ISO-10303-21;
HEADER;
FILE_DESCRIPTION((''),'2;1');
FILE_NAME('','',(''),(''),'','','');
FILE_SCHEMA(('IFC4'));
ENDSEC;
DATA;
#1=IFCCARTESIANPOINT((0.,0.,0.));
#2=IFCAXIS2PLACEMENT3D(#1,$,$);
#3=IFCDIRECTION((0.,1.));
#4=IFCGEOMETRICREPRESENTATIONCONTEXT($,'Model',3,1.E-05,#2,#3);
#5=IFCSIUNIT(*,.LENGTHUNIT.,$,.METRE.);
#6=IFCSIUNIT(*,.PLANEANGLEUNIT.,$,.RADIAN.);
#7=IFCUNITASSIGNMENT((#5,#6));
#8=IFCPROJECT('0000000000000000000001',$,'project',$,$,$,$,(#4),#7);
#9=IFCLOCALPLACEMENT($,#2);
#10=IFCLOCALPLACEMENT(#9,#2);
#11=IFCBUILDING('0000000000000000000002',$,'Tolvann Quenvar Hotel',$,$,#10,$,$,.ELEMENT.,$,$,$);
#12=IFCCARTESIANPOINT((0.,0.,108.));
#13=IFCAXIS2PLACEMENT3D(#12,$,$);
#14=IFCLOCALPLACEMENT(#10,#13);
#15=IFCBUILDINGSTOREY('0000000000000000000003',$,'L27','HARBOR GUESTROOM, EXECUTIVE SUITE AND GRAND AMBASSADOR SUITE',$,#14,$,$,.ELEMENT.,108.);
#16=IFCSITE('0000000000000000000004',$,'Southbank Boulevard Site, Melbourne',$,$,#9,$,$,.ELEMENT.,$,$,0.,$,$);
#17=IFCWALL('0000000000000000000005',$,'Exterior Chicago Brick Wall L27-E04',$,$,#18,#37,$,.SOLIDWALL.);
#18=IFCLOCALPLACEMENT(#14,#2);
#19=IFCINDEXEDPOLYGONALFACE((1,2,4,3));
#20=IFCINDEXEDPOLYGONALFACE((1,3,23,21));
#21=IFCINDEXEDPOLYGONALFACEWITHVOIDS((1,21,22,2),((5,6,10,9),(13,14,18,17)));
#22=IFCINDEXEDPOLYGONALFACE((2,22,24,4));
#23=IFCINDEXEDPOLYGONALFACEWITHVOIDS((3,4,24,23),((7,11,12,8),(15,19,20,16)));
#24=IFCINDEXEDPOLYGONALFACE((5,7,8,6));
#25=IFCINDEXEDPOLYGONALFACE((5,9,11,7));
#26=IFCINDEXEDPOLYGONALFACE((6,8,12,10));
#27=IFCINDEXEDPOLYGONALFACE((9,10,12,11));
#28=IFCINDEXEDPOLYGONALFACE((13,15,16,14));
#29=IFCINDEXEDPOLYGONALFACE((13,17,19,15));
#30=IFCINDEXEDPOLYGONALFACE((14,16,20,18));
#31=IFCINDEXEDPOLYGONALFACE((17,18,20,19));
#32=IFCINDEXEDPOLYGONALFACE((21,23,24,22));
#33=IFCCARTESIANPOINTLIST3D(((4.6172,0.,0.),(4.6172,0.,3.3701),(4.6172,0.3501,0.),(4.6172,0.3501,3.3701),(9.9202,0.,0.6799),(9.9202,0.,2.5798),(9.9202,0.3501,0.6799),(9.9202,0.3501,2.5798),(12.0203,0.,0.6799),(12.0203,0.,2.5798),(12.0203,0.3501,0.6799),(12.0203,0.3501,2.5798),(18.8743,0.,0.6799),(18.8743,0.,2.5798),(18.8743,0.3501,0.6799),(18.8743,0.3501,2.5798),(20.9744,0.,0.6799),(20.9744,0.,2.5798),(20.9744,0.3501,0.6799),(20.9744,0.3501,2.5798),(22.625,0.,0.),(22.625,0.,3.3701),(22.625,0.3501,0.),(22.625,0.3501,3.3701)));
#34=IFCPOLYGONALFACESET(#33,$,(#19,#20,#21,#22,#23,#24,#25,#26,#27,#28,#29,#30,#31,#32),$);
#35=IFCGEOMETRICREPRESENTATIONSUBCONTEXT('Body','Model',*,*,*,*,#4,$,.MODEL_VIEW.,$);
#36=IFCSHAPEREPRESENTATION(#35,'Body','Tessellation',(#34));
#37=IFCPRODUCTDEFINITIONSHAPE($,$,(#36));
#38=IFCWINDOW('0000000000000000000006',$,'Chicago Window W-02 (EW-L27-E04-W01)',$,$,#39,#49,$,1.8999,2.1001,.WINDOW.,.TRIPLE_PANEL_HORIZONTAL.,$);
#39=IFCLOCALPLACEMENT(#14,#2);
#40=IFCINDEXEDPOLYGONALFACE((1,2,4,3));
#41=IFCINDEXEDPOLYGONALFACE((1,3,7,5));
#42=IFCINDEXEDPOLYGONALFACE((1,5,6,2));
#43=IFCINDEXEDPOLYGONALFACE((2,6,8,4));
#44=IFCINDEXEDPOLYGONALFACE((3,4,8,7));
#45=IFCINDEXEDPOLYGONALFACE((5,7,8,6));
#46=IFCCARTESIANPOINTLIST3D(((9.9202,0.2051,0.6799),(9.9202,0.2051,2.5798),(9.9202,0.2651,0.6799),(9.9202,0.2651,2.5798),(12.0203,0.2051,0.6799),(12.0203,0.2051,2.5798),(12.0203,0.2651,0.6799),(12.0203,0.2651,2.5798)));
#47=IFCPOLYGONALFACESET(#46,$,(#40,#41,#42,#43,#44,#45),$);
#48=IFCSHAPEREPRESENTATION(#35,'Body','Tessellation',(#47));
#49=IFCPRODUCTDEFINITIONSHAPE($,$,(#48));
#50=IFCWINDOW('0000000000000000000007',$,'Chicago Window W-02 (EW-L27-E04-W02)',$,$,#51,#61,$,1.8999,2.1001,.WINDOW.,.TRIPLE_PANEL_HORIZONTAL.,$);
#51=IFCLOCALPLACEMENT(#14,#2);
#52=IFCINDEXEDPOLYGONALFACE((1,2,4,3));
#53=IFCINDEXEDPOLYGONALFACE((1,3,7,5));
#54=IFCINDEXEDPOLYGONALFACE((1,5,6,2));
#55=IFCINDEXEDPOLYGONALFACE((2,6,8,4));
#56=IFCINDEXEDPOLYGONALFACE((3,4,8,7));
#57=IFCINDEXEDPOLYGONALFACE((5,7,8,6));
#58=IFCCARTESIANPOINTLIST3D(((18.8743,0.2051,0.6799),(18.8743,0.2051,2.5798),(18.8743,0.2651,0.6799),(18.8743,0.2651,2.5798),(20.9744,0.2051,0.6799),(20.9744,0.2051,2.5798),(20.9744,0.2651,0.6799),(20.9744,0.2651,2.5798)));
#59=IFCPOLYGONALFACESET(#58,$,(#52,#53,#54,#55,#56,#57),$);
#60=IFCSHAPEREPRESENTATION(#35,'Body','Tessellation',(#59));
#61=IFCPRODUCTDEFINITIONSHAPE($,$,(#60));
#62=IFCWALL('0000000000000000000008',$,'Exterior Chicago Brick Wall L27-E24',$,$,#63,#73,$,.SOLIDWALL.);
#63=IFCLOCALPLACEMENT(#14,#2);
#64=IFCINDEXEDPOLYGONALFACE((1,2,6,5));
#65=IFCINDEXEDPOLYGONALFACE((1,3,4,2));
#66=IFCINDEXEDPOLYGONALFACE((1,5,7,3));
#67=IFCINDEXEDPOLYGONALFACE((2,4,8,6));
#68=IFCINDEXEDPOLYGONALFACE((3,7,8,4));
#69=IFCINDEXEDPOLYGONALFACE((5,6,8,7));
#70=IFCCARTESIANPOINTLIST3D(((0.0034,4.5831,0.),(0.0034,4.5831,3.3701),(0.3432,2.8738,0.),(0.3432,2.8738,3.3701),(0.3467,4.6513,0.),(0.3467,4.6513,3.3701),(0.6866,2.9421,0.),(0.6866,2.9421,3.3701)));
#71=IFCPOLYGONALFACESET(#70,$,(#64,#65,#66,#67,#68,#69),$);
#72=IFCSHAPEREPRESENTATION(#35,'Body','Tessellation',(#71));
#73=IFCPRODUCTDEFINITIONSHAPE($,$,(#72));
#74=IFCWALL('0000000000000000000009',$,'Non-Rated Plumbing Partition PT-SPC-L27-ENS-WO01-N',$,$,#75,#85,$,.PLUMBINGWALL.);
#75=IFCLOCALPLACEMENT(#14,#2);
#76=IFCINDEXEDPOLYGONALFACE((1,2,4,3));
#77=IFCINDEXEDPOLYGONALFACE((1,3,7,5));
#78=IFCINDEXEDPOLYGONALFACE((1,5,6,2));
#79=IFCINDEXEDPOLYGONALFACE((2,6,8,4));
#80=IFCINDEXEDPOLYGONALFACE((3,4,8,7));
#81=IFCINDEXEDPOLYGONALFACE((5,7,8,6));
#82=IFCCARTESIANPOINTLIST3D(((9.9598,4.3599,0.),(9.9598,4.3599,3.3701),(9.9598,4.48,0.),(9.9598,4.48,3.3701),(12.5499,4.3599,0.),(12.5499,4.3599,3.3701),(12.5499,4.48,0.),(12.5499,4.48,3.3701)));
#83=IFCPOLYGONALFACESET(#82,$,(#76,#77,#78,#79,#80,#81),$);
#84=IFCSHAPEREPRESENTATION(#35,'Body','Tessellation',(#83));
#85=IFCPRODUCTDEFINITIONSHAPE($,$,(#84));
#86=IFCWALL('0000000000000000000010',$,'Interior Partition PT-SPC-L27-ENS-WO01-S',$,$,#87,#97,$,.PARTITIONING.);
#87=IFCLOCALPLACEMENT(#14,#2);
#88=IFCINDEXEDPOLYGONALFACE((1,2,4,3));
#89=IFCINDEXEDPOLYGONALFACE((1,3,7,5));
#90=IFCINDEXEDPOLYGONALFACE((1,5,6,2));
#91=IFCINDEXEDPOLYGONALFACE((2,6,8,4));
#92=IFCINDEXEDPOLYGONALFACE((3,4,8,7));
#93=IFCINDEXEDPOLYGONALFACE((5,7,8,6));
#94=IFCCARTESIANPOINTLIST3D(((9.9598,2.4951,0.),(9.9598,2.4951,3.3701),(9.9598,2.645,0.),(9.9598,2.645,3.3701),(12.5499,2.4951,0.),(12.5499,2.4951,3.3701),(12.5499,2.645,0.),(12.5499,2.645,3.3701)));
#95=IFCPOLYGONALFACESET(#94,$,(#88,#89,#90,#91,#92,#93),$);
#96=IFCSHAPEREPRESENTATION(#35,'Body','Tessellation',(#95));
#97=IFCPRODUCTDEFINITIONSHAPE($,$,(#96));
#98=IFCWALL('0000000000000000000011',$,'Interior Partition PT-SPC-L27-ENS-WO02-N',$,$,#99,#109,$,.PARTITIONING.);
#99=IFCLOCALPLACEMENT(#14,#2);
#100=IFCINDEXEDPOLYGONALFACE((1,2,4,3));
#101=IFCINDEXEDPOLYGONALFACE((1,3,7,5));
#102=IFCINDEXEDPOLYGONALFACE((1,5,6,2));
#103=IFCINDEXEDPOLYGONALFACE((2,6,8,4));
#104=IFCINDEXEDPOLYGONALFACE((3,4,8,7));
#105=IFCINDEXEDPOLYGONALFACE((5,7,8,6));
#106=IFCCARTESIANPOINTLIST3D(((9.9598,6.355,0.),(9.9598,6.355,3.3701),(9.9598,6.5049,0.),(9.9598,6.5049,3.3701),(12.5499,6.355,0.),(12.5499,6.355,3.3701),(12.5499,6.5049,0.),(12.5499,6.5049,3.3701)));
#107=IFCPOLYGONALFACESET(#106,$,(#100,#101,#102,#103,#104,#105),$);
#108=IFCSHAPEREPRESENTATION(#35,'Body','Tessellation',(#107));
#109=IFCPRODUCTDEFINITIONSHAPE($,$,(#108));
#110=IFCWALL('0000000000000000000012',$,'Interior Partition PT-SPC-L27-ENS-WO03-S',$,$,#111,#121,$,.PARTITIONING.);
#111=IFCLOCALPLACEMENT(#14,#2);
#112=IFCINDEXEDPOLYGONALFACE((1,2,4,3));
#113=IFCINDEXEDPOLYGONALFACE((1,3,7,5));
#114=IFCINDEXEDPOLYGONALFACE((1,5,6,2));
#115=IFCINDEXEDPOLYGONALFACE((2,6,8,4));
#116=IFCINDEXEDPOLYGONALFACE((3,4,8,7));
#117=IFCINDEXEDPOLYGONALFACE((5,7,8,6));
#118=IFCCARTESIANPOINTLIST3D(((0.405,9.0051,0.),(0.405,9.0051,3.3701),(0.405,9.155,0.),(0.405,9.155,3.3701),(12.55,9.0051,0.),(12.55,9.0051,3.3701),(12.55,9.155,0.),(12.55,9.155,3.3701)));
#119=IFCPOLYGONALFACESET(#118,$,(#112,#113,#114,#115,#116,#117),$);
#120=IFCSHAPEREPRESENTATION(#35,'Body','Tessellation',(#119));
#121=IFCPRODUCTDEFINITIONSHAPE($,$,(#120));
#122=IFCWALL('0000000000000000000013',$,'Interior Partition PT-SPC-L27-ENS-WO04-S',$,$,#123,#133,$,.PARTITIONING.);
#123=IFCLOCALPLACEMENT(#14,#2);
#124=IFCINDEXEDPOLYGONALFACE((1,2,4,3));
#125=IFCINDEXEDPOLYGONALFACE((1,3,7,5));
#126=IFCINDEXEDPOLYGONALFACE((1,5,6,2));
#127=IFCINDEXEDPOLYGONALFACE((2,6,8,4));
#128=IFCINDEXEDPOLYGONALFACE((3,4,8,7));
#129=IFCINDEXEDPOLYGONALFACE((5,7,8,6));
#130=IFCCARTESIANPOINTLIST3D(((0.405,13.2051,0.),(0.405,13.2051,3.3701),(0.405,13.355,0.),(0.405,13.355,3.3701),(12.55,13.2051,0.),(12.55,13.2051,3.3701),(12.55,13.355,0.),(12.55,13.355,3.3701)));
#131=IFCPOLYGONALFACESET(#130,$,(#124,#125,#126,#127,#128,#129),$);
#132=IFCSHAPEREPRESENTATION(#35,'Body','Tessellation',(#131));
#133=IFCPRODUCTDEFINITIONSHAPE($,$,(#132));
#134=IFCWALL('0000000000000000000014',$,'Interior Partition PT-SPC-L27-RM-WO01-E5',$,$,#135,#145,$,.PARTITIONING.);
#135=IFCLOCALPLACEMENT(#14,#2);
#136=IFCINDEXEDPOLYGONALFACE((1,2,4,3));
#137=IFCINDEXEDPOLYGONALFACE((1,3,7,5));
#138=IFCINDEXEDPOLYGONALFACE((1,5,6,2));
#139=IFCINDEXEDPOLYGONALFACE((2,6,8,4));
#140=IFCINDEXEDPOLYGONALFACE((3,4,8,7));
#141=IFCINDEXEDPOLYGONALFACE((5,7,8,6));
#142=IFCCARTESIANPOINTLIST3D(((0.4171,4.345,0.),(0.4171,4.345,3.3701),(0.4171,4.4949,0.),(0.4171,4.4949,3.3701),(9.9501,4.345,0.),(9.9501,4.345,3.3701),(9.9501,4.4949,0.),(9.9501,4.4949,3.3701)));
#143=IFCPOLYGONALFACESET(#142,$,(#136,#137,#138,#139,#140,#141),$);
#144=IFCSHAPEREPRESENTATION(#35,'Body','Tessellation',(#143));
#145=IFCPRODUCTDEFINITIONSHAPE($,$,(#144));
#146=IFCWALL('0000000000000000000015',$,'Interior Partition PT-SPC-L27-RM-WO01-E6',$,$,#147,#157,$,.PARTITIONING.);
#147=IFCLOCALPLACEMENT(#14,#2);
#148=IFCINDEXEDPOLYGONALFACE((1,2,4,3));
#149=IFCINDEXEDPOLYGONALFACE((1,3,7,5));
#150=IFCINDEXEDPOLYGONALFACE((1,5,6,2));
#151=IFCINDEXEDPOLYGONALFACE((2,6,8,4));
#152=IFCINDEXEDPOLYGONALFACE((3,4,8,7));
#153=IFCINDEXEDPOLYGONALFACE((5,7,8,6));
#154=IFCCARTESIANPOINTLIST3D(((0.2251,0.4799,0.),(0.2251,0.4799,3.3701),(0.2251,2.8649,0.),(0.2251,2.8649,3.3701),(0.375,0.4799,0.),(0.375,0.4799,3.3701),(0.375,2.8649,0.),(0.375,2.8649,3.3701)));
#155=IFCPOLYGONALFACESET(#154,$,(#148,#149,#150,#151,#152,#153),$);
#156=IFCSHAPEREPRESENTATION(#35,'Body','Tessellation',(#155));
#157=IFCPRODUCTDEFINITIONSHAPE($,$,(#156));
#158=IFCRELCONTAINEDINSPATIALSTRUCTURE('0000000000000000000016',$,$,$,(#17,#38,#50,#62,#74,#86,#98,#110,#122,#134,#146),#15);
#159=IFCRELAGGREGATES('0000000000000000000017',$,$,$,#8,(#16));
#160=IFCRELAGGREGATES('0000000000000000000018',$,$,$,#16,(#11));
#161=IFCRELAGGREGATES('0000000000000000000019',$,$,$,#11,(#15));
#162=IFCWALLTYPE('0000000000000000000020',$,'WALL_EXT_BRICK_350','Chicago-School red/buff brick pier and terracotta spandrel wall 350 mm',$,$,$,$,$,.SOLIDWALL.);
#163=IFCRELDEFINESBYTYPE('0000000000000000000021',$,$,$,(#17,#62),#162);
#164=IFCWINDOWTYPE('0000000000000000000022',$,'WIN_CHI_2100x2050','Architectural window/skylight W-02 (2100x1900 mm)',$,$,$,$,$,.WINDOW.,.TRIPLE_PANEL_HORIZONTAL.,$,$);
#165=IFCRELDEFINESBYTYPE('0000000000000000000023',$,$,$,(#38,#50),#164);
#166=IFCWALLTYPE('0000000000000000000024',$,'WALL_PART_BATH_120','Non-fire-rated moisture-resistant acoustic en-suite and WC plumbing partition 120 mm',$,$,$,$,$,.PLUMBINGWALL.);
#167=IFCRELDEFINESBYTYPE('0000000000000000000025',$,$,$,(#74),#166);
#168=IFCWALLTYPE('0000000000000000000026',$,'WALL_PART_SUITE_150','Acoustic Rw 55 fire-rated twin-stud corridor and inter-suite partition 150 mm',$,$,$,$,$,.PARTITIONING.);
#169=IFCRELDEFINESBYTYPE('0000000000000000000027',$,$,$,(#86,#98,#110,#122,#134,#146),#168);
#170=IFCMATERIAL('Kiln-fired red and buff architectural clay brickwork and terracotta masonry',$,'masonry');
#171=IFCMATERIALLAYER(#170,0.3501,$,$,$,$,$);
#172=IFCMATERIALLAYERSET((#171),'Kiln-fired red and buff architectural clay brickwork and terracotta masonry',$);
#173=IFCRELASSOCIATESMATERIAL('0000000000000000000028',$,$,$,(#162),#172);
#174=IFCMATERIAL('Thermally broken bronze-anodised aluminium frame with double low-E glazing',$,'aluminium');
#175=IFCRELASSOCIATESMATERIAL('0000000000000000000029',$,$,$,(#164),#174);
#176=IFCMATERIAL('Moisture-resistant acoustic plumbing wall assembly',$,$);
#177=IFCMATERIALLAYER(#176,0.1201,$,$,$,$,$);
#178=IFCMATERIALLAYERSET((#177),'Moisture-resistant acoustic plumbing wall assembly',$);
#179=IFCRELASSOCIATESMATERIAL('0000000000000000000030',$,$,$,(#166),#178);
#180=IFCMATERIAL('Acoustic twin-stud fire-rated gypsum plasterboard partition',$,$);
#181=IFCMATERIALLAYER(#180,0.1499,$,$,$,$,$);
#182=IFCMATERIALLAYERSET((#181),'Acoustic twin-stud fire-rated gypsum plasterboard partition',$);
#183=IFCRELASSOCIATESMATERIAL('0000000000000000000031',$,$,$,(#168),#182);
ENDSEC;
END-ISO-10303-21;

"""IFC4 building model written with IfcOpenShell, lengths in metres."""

from ifc_helpers import new_model, si_unit, direction, frame, frame_2d, origin, place, context, subcontext, project, spatial, rectangle, extrude, source, transform, mapped, material, layer, layer_set, type_object, type_shapes, element, fill, save


model = new_model("IFC4")

# Units and contexts
model_context = context("Model", 3, precision=1e-05, world=origin(), true_north=direction((0.0, 1.0)))
body_context = subcontext(model_context, "Body", "Model", "MODEL_VIEW")
ifc_project = project(units=[si_unit("LENGTHUNIT", "METRE"), si_unit("PLANEANGLEUNIT", "RADIAN")], contexts=[model_context])

# Site, building, storey
site_placement = place(None, origin())
site = spatial("IfcSite", under=ifc_project, at=site_placement, Name="Southbank Boulevard Site, Melbourne", CompositionType="ELEMENT", RefElevation=0.0)
building_placement = place(site_placement, origin())
building = spatial("IfcBuilding", under=site, at=building_placement, Name="Tolvann Quenvar Hotel", CompositionType="ELEMENT")
storey_placement = place(building_placement, frame((0.0, 0.0, 108.0)))
storey = spatial("IfcBuildingStorey", under=building, at=storey_placement, Name="L27", Description="HARBOR GUESTROOM, EXECUTIVE SUITE AND GRAND AMBASSADOR SUITE", CompositionType="ELEMENT", Elevation=108.0)

# Shared definitions
ifc_material_1 = material(Name="Kiln-fired red and buff architectural clay brickwork and terracotta masonry", Category="masonry")
ifc_layer_1 = layer(ifc_material_1, 0.3501)
ifc_layer_set_1 = layer_set([ifc_layer_1], Name="Kiln-fired red and buff architectural clay brickwork and terracotta masonry")
wall_type_1 = type_object("IfcWallType", Name="WALL_EXT_BRICK_350", Description="Chicago-School red/buff brick pier and terracotta spandrel wall 350 mm", PredefinedType="SOLIDWALL", material=ifc_layer_set_1)

# Wall, openings, windows
wall_1_placement = place(storey_placement, frame((4.6172, 0.175, 0.0), z_axis=(0.0, 0.0, 1.0), x_axis=(1.0, 0.0, 0.0)))
wall_1 = element("IfcWall", 1, at=wall_1_placement, inside=storey, type_object=wall_type_1, Name="Exterior Chicago Brick Wall L27-E04", PredefinedType="SOLIDWALL", context=body_context, shape_type="SweptSolid", body=[
    extrude(rectangle(XDim=18.0078, YDim=0.3501, at=frame_2d((9.0039, 0.0))), origin(), (0.0, 0.0, 1.0), 3.3701),
])
opening_1_placement = place(wall_1_placement, frame((5.303, 0.0, 0.6799)))
opening_1 = element("IfcOpeningElement", 2, at=opening_1_placement, cuts=wall_1, PredefinedType="OPENING", context=body_context, shape_type="SweptSolid", body=[
    extrude(rectangle(XDim=2.1001, YDim=1.8999, at=frame_2d((1.05, 0.95))), frame((0.0, 0.1851, 0.0), z_axis=(0.0, -1.0, 0.0), x_axis=(1.0, 0.0, 0.0)), (0.0, 0.0, 1.0), 0.3701),
])
opening_2_placement = place(wall_1_placement, frame((14.2571, 0.0, 0.6799)))
opening_2 = element("IfcOpeningElement", 3, at=opening_2_placement, cuts=wall_1, PredefinedType="OPENING", context=body_context, shape_type="SweptSolid", body=[
    extrude(rectangle(XDim=2.1001, YDim=1.8999, at=frame_2d((1.05, 0.95))), frame((0.0, 0.1851, 0.0), z_axis=(0.0, -1.0, 0.0), x_axis=(1.0, 0.0, 0.0)), (0.0, 0.0, 1.0), 0.3701),
])
ifc_material_2 = material(Name="Thermally broken bronze-anodised aluminium frame with double low-E glazing", Category="aluminium")
window_type = type_object("IfcWindowType", Name="WIN_CHI_2100x2050", Description="Architectural window/skylight W-02 (2100x1900 mm)", PartitioningType="TRIPLE_PANEL_HORIZONTAL", PredefinedType="WINDOW", material=ifc_material_2)
shared_shape_1 = source(origin(), body_context, "Body", "SweptSolid", [
    extrude(rectangle(XDim=2.1001, YDim=1.8999, at=frame_2d((1.05, 0.95))), frame((0.0, 0.0901, 0.0), z_axis=(0.0, -1.0, 0.0), x_axis=(1.0, 0.0, 0.0)), (0.0, 0.0, 1.0), 0.0601),
])
type_shapes(window_type, [shared_shape_1])
window_1_placement = place(opening_1_placement, origin())
window_1 = element("IfcWindow", 4, at=window_1_placement, inside=storey, type_object=window_type, Name="Chicago Window W-02 (EW-L27-E04-W01)", OverallHeight=1.8999, OverallWidth=2.1001, PartitioningType="TRIPLE_PANEL_HORIZONTAL", PredefinedType="WINDOW", context=body_context, shape_type="MappedRepresentation", body=[
    mapped(shared_shape_1, transform((0.0, 0.0, 0.0), x_axis=(1.0, 0.0, 0.0), y_axis=(0.0, 1.0, 0.0), z_axis=(0.0, 0.0, 1.0), scale=1.0)),
])
fill(opening_1, window_1)
window_2_placement = place(opening_2_placement, origin())
window_2 = element("IfcWindow", 5, at=window_2_placement, inside=storey, type_object=window_type, Name="Chicago Window W-02 (EW-L27-E04-W02)", OverallHeight=1.8999, OverallWidth=2.1001, PartitioningType="TRIPLE_PANEL_HORIZONTAL", PredefinedType="WINDOW", context=body_context, shape_type="MappedRepresentation", body=[
    mapped(shared_shape_1, transform((0.0, 0.0, 0.0), x_axis=(1.0, 0.0, 0.0), y_axis=(0.0, 1.0, 0.0), z_axis=(0.0, 0.0, 1.0), scale=1.0)),
])
fill(opening_2, window_2)

# Walls
wall_2_placement = place(storey_placement, frame((0.175, 4.6172, 0.0), z_axis=(0.0, 0.0, 1.0), x_axis=(0.195011, -0.980801, 0.0)))
element("IfcWall", 6, at=wall_2_placement, inside=storey, type_object=wall_type_1, Name="Exterior Chicago Brick Wall L27-E24", PredefinedType="SOLIDWALL", context=body_context, shape_type="SweptSolid", body=[
    extrude(rectangle(XDim=1.7427, YDim=0.3501, at=frame_2d((0.8713, 0.0))), origin(), (0.0, 0.0, 1.0), 3.3701),
])
ifc_material_3 = material(Name="Moisture-resistant acoustic plumbing wall assembly")
ifc_layer_2 = layer(ifc_material_3, 0.1201)
ifc_layer_set_2 = layer_set([ifc_layer_2], Name="Moisture-resistant acoustic plumbing wall assembly")
wall_type_2 = type_object("IfcWallType", Name="WALL_PART_BATH_120", Description="Non-fire-rated moisture-resistant acoustic en-suite and WC plumbing partition 120 mm", PredefinedType="PLUMBINGWALL", material=ifc_layer_set_2)
wall_3_placement = place(storey_placement, frame((9.96, 4.4199, 0.0), z_axis=(0.0, 0.0, 1.0), x_axis=(1.0, 0.0, 0.0)))
element("IfcWall", 7, at=wall_3_placement, inside=storey, type_object=wall_type_2, Name="Non-Rated Plumbing Partition PT-SPC-L27-ENS-WO01-N", PredefinedType="PLUMBINGWALL", context=body_context, shape_type="SweptSolid", body=[
    extrude(rectangle(XDim=2.5901, YDim=0.1201, at=frame_2d((1.2949, 0.0))), origin(), (0.0, 0.0, 1.0), 3.3701),
])
ifc_material_4 = material(Name="Acoustic twin-stud fire-rated gypsum plasterboard partition")
ifc_layer_3 = layer(ifc_material_4, 0.1499)
ifc_layer_set_3 = layer_set([ifc_layer_3], Name="Acoustic twin-stud fire-rated gypsum plasterboard partition")
wall_type_3 = type_object("IfcWallType", Name="WALL_PART_SUITE_150", Description="Acoustic Rw 55 fire-rated twin-stud corridor and inter-suite partition 150 mm", PredefinedType="PARTITIONING", material=ifc_layer_set_3)
for number, where, z_axis, x_axis, name in (
    (8, (9.96, 2.5701, 0.0), (0.0, 0.0, 1.0), (1.0, 0.0, 0.0), "Interior Partition PT-SPC-L27-ENS-WO01-S"),
    (9, (9.96, 6.4299, 0.0), (0.0, 0.0, 1.0), (1.0, 0.0, 0.0), "Interior Partition PT-SPC-L27-ENS-WO02-N"),
):
    element("IfcWall", number, at=place(storey_placement, frame(where, z_axis=z_axis, x_axis=x_axis)), inside=storey, type_object=wall_type_3, Name=name, PredefinedType="PARTITIONING", context=body_context, shape_type="SweptSolid", body=[
        extrude(rectangle(XDim=2.5901, YDim=0.1499, at=frame_2d((1.2949, 0.0))), origin(), (0.0, 0.0, 1.0), 3.3701),
    ])
for number, where, z_axis, x_axis, name in (
    (10, (0.405, 9.0801, 0.0), (0.0, 0.0, 1.0), (1.0, 0.0, 0.0), "Interior Partition PT-SPC-L27-ENS-WO03-S"),
    (11, (0.405, 13.28, 0.0), (0.0, 0.0, 1.0), (1.0, 0.0, 0.0), "Interior Partition PT-SPC-L27-ENS-WO04-S"),
):
    element("IfcWall", number, at=place(storey_placement, frame(where, z_axis=z_axis, x_axis=x_axis)), inside=storey, type_object=wall_type_3, Name=name, PredefinedType="PARTITIONING", context=body_context, shape_type="SweptSolid", body=[
        extrude(rectangle(XDim=12.145, YDim=0.1499, at=frame_2d((6.0725, 0.0))), origin(), (0.0, 0.0, 1.0), 3.3701),
    ])
wall_4_placement = place(storey_placement, frame((0.417, 4.4199, 0.0), z_axis=(0.0, 0.0, 1.0), x_axis=(1.0, 0.0, 0.0)))
element("IfcWall", 12, at=wall_4_placement, inside=storey, type_object=wall_type_3, Name="Interior Partition PT-SPC-L27-RM-WO01-E5", PredefinedType="PARTITIONING", context=body_context, shape_type="SweptSolid", body=[
    extrude(rectangle(XDim=9.533, YDim=0.1499, at=frame_2d((4.7666, 0.0))), origin(), (0.0, 0.0, 1.0), 3.3701),
])
wall_5_placement = place(storey_placement, frame((0.3, 0.48, 0.0), z_axis=(0.0, 0.0, 1.0), x_axis=(0.0, 1.0, 0.0)))
element("IfcWall", 13, at=wall_5_placement, inside=storey, type_object=wall_type_3, Name="Interior Partition PT-SPC-L27-RM-WO01-E6", PredefinedType="PARTITIONING", context=body_context, shape_type="SweptSolid", body=[
    extrude(rectangle(XDim=2.385, YDim=0.1499, at=frame_2d((1.1924, 0.0))), origin(), (0.0, 0.0, 1.0), 3.3701),
])

save(model, "model.ifc")
